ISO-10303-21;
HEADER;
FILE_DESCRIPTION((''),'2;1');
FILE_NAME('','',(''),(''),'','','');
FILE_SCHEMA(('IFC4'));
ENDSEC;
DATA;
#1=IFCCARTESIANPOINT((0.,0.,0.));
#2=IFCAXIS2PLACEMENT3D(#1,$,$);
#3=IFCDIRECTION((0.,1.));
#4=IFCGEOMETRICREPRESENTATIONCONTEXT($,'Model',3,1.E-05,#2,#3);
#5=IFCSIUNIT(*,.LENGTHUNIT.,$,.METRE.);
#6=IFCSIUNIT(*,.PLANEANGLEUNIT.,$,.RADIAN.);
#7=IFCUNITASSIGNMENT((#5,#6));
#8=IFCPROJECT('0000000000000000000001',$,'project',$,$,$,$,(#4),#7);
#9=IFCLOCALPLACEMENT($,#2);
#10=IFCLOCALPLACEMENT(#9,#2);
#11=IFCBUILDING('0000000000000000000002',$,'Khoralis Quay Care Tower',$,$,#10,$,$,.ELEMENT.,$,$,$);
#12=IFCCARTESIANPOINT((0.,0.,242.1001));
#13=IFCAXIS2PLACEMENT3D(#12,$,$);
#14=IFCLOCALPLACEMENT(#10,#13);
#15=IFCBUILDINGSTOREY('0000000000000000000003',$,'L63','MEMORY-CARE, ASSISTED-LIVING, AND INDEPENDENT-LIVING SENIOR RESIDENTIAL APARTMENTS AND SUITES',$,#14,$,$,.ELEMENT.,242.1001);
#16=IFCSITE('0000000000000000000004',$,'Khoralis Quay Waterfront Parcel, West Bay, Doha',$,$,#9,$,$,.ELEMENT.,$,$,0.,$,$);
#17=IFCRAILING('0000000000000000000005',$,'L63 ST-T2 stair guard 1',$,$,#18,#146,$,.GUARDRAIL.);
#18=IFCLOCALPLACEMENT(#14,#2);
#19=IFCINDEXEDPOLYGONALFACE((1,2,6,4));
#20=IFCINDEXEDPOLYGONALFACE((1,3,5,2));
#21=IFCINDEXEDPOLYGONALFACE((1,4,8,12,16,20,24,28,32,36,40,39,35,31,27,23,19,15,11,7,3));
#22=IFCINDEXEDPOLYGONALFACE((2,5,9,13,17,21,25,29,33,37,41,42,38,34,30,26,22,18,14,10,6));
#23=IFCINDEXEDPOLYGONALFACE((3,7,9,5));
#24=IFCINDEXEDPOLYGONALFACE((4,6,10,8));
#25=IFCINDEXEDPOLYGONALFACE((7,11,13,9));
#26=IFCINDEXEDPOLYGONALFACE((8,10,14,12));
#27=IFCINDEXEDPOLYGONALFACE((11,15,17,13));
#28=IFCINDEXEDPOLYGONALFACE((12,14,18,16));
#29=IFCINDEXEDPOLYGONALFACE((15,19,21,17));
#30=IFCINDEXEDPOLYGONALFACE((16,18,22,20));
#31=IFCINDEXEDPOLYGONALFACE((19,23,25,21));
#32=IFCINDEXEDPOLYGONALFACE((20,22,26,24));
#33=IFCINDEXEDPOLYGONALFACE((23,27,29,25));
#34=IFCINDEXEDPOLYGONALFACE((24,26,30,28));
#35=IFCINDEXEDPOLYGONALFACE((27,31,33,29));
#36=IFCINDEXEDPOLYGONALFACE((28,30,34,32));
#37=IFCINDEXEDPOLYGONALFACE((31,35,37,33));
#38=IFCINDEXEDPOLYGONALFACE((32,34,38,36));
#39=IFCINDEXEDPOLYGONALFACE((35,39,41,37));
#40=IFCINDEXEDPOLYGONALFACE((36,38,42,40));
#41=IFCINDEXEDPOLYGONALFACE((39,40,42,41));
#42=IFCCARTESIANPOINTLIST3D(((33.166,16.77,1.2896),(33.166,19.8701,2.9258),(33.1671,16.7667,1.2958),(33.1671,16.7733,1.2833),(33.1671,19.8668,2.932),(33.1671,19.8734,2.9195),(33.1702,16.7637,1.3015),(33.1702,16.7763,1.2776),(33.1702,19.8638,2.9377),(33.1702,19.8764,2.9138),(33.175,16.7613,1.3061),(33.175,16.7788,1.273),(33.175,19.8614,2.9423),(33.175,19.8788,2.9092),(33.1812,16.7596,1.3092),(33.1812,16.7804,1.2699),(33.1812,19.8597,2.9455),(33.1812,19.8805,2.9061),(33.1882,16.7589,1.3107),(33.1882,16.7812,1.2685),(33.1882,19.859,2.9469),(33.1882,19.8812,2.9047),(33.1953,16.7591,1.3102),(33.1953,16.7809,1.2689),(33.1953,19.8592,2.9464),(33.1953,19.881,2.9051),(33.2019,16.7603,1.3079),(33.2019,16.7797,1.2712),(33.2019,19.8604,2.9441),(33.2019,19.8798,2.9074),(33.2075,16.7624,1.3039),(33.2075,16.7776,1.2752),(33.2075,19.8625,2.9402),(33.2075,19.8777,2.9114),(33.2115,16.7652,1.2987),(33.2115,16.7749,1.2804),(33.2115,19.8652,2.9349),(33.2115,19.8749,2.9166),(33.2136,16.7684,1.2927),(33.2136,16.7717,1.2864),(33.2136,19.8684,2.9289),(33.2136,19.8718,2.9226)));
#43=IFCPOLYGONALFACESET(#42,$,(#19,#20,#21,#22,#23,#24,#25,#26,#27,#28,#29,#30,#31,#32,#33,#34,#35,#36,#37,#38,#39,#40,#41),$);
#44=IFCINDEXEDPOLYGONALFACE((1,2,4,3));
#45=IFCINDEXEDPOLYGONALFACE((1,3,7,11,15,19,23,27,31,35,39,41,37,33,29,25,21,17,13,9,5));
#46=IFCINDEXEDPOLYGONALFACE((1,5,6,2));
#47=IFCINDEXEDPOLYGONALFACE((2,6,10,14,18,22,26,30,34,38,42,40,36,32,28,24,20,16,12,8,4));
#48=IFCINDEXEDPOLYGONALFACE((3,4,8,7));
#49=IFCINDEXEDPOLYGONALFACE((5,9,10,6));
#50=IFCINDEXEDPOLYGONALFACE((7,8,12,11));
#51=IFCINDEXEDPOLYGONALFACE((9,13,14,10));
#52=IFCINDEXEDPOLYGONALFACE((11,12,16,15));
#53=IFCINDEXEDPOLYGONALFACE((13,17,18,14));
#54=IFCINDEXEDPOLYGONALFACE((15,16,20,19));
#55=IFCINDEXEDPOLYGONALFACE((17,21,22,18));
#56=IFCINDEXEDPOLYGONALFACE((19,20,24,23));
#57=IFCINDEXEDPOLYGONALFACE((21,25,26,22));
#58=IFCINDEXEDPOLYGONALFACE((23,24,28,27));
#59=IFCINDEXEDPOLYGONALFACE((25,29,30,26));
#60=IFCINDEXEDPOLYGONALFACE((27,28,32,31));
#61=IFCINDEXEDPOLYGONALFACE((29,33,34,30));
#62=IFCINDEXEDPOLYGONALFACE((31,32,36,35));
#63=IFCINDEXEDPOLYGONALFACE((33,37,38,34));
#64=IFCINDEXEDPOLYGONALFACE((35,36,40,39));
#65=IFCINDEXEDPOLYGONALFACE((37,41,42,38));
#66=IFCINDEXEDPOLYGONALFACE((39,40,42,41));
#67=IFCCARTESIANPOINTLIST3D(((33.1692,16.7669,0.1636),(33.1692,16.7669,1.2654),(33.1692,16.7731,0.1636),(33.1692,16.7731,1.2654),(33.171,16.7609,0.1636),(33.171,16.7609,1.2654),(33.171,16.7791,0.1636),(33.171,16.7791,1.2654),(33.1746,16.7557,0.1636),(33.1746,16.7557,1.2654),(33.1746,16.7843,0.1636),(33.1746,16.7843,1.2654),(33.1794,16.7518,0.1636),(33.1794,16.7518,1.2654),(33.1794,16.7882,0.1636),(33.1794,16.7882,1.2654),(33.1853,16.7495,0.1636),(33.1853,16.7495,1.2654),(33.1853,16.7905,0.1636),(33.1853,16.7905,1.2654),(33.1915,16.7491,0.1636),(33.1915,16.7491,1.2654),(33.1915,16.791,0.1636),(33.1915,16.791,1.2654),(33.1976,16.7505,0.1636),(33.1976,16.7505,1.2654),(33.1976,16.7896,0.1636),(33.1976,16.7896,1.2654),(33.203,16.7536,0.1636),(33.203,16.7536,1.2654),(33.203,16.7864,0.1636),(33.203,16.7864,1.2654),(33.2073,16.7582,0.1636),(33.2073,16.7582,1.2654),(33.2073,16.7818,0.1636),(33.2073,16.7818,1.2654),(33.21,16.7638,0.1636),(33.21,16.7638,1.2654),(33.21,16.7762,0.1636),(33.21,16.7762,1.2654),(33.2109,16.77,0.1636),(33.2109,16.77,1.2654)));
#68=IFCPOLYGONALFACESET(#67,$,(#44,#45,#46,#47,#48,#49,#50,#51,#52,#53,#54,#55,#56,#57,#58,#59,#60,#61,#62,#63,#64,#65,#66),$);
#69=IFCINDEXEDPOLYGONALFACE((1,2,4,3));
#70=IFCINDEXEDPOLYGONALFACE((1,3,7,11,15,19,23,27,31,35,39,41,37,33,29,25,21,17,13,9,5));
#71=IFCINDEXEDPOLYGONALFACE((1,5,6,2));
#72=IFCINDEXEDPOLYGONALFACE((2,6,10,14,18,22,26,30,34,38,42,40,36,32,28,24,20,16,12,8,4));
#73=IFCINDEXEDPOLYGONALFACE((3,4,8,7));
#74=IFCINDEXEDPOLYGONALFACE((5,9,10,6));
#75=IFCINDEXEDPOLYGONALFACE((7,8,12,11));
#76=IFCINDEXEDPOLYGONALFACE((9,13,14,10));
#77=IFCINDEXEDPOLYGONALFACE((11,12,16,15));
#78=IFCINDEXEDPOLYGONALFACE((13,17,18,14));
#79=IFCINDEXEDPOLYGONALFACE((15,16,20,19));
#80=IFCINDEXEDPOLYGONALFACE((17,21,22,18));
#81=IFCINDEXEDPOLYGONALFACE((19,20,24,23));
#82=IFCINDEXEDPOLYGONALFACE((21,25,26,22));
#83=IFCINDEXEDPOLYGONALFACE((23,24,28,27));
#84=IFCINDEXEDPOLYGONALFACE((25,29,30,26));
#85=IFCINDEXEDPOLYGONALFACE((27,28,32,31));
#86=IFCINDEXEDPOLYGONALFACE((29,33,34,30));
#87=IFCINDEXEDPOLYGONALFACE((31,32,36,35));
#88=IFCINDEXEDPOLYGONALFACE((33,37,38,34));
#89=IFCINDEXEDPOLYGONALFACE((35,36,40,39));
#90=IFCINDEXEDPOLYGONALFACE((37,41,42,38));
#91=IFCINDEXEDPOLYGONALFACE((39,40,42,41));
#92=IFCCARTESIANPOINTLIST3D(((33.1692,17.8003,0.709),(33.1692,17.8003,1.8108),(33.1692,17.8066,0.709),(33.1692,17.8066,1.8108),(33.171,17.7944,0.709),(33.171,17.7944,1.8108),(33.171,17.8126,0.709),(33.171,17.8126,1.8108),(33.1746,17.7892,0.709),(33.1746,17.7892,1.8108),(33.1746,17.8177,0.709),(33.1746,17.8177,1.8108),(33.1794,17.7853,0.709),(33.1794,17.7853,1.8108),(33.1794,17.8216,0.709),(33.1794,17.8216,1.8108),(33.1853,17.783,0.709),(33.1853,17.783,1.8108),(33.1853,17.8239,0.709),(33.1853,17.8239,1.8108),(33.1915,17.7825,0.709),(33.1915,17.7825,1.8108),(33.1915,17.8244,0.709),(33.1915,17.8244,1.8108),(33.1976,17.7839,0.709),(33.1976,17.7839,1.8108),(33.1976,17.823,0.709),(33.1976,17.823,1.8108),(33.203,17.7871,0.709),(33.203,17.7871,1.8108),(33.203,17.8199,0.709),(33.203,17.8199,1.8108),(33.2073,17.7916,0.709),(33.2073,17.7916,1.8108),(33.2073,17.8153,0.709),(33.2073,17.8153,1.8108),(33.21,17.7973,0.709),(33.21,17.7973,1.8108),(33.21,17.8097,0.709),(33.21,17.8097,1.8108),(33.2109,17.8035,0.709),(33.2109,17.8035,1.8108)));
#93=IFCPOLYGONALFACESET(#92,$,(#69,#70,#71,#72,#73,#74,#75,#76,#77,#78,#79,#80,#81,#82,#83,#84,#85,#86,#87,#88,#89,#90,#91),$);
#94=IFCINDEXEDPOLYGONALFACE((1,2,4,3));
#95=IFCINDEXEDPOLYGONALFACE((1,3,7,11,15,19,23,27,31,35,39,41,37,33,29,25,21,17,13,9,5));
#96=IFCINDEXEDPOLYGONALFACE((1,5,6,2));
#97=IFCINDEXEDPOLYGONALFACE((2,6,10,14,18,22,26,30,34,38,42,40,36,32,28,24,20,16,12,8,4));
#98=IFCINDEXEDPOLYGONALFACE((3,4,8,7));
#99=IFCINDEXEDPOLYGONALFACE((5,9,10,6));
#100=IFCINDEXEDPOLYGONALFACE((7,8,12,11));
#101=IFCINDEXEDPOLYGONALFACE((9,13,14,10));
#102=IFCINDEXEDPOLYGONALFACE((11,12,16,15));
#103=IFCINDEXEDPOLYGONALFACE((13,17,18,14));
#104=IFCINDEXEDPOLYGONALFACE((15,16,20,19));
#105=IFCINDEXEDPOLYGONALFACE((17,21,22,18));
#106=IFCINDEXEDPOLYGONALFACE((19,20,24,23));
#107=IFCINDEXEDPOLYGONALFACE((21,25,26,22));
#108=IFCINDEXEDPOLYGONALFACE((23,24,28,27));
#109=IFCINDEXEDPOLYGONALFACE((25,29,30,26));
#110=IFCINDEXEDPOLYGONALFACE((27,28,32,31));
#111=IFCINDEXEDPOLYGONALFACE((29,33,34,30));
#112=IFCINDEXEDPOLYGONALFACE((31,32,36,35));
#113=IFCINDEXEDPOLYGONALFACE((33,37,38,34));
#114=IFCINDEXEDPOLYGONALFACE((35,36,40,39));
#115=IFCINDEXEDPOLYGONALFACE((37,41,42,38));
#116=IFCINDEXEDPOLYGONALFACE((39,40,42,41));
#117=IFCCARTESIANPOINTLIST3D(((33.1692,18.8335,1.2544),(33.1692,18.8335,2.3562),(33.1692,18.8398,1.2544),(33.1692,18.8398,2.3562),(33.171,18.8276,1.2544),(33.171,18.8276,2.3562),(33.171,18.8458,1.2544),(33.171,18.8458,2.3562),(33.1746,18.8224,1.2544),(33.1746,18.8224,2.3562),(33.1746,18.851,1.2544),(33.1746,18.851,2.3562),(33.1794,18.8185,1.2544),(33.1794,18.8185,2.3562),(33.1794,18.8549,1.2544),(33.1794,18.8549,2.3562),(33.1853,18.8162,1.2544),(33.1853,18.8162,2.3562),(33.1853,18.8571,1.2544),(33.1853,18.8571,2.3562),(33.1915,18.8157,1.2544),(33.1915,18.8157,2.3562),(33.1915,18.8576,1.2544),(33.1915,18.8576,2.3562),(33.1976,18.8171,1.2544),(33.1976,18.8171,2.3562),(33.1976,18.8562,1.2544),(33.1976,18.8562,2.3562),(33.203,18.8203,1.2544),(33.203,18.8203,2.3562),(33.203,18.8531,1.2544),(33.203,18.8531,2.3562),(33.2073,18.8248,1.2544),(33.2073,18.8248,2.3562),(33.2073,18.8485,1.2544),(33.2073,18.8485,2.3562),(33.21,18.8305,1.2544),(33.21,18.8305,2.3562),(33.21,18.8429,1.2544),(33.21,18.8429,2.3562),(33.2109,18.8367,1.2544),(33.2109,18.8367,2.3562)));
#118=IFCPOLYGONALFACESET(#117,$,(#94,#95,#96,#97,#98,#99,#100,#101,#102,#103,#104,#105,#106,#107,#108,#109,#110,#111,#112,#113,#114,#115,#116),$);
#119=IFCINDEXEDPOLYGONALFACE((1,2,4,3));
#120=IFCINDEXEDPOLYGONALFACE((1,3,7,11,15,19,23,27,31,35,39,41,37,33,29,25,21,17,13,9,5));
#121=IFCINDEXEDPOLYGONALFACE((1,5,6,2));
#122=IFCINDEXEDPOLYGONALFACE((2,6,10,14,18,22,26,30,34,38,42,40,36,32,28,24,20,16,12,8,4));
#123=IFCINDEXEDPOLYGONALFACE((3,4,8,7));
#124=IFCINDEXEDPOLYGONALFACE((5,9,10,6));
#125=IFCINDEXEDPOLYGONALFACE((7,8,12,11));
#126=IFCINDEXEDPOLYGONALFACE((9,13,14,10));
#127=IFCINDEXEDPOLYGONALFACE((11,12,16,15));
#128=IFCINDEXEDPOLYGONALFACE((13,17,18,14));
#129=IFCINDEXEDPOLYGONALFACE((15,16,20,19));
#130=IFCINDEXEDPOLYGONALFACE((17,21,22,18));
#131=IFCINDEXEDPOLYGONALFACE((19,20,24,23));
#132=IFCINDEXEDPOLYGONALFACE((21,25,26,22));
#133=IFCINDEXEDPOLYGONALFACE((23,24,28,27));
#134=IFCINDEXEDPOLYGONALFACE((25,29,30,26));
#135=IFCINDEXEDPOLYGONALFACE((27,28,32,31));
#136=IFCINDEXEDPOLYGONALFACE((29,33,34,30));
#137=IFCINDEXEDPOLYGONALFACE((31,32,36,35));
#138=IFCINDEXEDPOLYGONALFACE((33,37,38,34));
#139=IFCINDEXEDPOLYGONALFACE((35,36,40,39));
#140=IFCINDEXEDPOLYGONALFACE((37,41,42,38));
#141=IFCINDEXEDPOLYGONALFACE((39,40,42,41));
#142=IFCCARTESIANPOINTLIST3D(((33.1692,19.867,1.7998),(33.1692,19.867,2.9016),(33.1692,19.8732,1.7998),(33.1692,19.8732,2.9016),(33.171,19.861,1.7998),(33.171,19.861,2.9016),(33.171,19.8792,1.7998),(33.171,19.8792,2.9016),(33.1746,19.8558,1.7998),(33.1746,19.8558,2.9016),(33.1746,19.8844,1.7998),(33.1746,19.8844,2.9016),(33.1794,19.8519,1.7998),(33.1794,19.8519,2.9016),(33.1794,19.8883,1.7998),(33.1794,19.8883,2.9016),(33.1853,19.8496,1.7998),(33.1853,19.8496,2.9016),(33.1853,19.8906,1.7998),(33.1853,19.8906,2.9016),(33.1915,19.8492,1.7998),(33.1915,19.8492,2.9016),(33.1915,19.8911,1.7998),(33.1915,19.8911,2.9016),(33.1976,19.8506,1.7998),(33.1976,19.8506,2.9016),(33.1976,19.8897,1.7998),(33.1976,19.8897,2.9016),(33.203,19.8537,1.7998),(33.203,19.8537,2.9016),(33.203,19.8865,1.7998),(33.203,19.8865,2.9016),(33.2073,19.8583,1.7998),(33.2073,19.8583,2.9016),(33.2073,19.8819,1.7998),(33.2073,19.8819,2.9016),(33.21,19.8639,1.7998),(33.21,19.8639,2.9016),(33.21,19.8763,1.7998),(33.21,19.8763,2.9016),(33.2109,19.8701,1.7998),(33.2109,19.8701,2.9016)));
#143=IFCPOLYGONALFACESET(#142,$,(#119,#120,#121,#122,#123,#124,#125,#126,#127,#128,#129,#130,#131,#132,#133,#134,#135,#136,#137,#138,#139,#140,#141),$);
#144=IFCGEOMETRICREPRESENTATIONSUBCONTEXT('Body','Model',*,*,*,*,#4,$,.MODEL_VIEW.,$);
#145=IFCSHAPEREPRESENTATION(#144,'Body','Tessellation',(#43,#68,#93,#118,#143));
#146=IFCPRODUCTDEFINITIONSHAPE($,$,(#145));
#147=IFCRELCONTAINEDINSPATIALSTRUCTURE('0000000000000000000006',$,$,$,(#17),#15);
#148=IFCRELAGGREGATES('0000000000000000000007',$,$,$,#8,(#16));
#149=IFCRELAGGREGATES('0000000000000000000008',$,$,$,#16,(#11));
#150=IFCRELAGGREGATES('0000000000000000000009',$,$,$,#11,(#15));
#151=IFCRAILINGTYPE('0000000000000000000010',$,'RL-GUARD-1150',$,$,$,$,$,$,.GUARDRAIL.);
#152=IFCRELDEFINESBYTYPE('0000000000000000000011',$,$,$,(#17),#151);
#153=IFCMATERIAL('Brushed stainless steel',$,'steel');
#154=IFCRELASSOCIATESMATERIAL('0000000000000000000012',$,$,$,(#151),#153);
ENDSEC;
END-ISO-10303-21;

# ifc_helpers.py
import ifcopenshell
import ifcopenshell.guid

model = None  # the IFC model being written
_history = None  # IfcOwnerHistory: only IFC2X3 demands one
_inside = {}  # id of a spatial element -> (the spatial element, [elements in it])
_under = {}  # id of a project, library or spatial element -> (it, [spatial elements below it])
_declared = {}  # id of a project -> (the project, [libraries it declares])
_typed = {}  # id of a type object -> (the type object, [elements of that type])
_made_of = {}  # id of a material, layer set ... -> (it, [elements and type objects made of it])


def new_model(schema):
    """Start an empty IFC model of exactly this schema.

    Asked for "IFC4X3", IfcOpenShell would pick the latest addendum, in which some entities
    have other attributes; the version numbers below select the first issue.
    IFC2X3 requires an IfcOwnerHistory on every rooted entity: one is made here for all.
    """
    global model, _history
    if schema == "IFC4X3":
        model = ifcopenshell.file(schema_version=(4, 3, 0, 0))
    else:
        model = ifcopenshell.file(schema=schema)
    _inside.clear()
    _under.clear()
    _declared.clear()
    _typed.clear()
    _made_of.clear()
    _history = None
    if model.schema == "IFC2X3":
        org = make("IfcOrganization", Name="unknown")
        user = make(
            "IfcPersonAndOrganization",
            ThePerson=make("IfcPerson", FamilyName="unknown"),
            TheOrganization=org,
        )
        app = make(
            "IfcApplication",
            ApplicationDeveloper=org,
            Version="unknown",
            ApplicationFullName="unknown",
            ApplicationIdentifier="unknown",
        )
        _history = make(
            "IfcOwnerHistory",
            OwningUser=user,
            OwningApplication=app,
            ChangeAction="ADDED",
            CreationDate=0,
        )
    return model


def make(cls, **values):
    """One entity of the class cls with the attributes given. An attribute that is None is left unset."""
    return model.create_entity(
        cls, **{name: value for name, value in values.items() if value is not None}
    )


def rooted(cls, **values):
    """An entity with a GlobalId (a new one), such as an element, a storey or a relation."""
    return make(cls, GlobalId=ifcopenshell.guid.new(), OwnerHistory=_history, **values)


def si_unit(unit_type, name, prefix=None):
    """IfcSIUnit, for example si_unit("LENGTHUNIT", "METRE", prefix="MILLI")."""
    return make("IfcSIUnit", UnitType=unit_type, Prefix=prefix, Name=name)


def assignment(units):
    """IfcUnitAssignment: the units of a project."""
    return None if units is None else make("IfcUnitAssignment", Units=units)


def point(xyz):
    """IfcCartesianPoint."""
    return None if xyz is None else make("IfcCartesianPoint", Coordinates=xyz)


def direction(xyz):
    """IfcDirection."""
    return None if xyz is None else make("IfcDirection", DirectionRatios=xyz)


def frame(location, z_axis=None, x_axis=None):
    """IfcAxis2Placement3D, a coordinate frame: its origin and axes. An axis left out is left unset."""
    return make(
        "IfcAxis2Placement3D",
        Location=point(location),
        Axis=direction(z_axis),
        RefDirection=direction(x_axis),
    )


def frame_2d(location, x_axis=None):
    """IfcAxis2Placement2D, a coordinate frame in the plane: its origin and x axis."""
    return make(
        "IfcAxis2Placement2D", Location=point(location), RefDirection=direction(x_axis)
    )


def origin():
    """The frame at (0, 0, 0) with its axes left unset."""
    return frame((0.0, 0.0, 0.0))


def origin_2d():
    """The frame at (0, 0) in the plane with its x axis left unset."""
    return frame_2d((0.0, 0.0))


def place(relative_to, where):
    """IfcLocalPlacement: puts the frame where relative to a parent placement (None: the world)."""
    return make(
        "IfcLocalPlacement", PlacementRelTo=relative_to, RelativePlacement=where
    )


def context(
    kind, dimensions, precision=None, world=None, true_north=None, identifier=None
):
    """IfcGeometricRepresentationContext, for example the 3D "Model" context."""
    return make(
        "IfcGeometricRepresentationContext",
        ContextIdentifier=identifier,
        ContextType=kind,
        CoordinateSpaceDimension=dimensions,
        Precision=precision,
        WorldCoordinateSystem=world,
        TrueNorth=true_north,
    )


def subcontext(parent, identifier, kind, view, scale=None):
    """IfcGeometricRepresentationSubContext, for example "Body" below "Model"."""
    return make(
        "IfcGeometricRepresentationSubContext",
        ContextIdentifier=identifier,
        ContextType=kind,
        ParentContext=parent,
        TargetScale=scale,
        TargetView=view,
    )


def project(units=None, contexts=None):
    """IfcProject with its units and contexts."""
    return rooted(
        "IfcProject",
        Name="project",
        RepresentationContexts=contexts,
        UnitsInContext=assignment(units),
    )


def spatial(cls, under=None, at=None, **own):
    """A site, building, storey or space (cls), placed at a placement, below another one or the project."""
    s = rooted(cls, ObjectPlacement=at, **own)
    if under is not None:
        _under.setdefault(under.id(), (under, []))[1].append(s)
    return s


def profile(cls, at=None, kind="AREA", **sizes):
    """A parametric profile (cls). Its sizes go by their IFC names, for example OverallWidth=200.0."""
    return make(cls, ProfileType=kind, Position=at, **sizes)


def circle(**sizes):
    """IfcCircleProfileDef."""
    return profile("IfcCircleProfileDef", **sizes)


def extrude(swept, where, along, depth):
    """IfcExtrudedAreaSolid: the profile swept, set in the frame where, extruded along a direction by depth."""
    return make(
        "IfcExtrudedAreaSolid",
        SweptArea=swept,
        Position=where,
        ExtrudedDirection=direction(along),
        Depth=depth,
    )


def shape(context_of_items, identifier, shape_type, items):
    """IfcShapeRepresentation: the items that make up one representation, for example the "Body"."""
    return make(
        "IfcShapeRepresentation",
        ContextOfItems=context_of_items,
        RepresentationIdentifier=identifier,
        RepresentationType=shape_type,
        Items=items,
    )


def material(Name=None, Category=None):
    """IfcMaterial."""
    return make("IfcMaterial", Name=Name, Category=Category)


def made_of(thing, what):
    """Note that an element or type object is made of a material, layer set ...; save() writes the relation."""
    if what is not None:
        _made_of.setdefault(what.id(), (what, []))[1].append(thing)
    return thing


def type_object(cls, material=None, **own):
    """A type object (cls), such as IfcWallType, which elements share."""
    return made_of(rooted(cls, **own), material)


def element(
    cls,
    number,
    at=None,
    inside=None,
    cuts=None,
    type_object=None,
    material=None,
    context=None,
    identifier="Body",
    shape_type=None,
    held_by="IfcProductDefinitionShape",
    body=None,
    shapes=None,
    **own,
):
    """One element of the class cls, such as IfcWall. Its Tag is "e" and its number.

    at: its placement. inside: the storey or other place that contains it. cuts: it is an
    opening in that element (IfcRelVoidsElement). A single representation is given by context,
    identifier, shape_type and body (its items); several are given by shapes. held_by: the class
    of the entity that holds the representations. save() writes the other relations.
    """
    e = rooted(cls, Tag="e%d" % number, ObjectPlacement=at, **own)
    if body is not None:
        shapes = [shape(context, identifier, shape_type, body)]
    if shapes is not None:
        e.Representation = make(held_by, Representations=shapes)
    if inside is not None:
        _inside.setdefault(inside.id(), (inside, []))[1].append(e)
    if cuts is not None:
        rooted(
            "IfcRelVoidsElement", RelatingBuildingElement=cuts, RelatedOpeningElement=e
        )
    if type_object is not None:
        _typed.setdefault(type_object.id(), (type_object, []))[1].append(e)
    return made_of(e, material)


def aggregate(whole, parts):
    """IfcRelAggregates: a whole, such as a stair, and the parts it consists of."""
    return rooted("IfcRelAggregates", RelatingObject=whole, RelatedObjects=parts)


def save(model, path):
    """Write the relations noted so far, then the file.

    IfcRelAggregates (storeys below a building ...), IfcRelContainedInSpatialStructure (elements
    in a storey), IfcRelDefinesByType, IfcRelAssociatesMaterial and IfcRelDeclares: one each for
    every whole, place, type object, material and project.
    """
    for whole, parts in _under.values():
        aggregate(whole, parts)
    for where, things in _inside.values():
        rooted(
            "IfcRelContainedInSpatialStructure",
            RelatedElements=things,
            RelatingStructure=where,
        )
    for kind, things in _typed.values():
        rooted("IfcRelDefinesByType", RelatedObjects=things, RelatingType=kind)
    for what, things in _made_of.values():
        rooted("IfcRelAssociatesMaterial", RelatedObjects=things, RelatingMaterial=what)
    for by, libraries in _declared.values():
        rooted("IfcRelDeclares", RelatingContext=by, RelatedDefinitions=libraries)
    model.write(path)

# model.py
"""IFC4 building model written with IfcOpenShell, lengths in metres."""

from ifc_helpers import new_model, si_unit, direction, frame, origin, origin_2d, place, context, subcontext, project, spatial, circle, extrude, material, type_object, element, save


model = new_model("IFC4")

# Units and contexts
model_context = context("Model", 3, precision=1e-05, world=origin(), true_north=direction((0.0, 1.0)))
body_context = subcontext(model_context, "Body", "Model", "MODEL_VIEW")
ifc_project = project(units=[si_unit("LENGTHUNIT", "METRE"), si_unit("PLANEANGLEUNIT", "RADIAN")], contexts=[model_context])

# Site, building, storey
site_placement = place(None, origin())
site = spatial("IfcSite", under=ifc_project, at=site_placement, Name="Khoralis Quay Waterfront Parcel, West Bay, Doha", CompositionType="ELEMENT", RefElevation=0.0)
building_placement = place(site_placement, origin())
building = spatial("IfcBuilding", under=site, at=building_placement, Name="Khoralis Quay Care Tower", CompositionType="ELEMENT")
storey_placement = place(building_placement, frame((0.0, 0.0, 242.1001)))
storey = spatial("IfcBuildingStorey", under=building, at=storey_placement, Name="L63", Description="MEMORY-CARE, ASSISTED-LIVING, AND INDEPENDENT-LIVING SENIOR RESIDENTIAL APARTMENTS AND SUITES", CompositionType="ELEMENT", Elevation=242.1001)

# Railing
ifc_material_1 = material(Name="Brushed stainless steel", Category="steel")
railing_type_1 = type_object("IfcRailingType", Name="RL-GUARD-1150", PredefinedType="GUARDRAIL", material=ifc_material_1)
railing_1_placement = place(storey_placement, frame((33.1899, 16.77, 0.1636)))
element("IfcRailing", 1, at=railing_1_placement, inside=storey, type_object=railing_type_1, Name="L63 ST-T2 stair guard 1", PredefinedType="GUARDRAIL", context=body_context, shape_type="SweptSolid", body=[
    extrude(circle(Radius=0.0239, at=origin_2d()), frame((0.0, 0.0, 1.126), z_axis=(0.0, 0.884377, 0.466774), x_axis=(-1.0, 0.0, 0.0)), (0.0, 0.0, 1.0), 3.5054),
    extrude(circle(Radius=0.021, at=origin_2d()), origin(), (0.0, 0.0, 1.0), 1.1018),
    extrude(circle(Radius=0.021, at=origin_2d()), frame((0.0, 1.0334, 0.5454)), (0.0, 0.0, 1.0), 1.1018),
    extrude(circle(Radius=0.021, at=origin_2d()), frame((0.0, 2.0667, 1.0908)), (0.0, 0.0, 1.0), 1.1018),
    extrude(circle(Radius=0.021, at=origin_2d()), frame((0.0, 3.1001, 1.6362)), (0.0, 0.0, 1.0), 1.1018),
])

save(model, "model.ifc")
